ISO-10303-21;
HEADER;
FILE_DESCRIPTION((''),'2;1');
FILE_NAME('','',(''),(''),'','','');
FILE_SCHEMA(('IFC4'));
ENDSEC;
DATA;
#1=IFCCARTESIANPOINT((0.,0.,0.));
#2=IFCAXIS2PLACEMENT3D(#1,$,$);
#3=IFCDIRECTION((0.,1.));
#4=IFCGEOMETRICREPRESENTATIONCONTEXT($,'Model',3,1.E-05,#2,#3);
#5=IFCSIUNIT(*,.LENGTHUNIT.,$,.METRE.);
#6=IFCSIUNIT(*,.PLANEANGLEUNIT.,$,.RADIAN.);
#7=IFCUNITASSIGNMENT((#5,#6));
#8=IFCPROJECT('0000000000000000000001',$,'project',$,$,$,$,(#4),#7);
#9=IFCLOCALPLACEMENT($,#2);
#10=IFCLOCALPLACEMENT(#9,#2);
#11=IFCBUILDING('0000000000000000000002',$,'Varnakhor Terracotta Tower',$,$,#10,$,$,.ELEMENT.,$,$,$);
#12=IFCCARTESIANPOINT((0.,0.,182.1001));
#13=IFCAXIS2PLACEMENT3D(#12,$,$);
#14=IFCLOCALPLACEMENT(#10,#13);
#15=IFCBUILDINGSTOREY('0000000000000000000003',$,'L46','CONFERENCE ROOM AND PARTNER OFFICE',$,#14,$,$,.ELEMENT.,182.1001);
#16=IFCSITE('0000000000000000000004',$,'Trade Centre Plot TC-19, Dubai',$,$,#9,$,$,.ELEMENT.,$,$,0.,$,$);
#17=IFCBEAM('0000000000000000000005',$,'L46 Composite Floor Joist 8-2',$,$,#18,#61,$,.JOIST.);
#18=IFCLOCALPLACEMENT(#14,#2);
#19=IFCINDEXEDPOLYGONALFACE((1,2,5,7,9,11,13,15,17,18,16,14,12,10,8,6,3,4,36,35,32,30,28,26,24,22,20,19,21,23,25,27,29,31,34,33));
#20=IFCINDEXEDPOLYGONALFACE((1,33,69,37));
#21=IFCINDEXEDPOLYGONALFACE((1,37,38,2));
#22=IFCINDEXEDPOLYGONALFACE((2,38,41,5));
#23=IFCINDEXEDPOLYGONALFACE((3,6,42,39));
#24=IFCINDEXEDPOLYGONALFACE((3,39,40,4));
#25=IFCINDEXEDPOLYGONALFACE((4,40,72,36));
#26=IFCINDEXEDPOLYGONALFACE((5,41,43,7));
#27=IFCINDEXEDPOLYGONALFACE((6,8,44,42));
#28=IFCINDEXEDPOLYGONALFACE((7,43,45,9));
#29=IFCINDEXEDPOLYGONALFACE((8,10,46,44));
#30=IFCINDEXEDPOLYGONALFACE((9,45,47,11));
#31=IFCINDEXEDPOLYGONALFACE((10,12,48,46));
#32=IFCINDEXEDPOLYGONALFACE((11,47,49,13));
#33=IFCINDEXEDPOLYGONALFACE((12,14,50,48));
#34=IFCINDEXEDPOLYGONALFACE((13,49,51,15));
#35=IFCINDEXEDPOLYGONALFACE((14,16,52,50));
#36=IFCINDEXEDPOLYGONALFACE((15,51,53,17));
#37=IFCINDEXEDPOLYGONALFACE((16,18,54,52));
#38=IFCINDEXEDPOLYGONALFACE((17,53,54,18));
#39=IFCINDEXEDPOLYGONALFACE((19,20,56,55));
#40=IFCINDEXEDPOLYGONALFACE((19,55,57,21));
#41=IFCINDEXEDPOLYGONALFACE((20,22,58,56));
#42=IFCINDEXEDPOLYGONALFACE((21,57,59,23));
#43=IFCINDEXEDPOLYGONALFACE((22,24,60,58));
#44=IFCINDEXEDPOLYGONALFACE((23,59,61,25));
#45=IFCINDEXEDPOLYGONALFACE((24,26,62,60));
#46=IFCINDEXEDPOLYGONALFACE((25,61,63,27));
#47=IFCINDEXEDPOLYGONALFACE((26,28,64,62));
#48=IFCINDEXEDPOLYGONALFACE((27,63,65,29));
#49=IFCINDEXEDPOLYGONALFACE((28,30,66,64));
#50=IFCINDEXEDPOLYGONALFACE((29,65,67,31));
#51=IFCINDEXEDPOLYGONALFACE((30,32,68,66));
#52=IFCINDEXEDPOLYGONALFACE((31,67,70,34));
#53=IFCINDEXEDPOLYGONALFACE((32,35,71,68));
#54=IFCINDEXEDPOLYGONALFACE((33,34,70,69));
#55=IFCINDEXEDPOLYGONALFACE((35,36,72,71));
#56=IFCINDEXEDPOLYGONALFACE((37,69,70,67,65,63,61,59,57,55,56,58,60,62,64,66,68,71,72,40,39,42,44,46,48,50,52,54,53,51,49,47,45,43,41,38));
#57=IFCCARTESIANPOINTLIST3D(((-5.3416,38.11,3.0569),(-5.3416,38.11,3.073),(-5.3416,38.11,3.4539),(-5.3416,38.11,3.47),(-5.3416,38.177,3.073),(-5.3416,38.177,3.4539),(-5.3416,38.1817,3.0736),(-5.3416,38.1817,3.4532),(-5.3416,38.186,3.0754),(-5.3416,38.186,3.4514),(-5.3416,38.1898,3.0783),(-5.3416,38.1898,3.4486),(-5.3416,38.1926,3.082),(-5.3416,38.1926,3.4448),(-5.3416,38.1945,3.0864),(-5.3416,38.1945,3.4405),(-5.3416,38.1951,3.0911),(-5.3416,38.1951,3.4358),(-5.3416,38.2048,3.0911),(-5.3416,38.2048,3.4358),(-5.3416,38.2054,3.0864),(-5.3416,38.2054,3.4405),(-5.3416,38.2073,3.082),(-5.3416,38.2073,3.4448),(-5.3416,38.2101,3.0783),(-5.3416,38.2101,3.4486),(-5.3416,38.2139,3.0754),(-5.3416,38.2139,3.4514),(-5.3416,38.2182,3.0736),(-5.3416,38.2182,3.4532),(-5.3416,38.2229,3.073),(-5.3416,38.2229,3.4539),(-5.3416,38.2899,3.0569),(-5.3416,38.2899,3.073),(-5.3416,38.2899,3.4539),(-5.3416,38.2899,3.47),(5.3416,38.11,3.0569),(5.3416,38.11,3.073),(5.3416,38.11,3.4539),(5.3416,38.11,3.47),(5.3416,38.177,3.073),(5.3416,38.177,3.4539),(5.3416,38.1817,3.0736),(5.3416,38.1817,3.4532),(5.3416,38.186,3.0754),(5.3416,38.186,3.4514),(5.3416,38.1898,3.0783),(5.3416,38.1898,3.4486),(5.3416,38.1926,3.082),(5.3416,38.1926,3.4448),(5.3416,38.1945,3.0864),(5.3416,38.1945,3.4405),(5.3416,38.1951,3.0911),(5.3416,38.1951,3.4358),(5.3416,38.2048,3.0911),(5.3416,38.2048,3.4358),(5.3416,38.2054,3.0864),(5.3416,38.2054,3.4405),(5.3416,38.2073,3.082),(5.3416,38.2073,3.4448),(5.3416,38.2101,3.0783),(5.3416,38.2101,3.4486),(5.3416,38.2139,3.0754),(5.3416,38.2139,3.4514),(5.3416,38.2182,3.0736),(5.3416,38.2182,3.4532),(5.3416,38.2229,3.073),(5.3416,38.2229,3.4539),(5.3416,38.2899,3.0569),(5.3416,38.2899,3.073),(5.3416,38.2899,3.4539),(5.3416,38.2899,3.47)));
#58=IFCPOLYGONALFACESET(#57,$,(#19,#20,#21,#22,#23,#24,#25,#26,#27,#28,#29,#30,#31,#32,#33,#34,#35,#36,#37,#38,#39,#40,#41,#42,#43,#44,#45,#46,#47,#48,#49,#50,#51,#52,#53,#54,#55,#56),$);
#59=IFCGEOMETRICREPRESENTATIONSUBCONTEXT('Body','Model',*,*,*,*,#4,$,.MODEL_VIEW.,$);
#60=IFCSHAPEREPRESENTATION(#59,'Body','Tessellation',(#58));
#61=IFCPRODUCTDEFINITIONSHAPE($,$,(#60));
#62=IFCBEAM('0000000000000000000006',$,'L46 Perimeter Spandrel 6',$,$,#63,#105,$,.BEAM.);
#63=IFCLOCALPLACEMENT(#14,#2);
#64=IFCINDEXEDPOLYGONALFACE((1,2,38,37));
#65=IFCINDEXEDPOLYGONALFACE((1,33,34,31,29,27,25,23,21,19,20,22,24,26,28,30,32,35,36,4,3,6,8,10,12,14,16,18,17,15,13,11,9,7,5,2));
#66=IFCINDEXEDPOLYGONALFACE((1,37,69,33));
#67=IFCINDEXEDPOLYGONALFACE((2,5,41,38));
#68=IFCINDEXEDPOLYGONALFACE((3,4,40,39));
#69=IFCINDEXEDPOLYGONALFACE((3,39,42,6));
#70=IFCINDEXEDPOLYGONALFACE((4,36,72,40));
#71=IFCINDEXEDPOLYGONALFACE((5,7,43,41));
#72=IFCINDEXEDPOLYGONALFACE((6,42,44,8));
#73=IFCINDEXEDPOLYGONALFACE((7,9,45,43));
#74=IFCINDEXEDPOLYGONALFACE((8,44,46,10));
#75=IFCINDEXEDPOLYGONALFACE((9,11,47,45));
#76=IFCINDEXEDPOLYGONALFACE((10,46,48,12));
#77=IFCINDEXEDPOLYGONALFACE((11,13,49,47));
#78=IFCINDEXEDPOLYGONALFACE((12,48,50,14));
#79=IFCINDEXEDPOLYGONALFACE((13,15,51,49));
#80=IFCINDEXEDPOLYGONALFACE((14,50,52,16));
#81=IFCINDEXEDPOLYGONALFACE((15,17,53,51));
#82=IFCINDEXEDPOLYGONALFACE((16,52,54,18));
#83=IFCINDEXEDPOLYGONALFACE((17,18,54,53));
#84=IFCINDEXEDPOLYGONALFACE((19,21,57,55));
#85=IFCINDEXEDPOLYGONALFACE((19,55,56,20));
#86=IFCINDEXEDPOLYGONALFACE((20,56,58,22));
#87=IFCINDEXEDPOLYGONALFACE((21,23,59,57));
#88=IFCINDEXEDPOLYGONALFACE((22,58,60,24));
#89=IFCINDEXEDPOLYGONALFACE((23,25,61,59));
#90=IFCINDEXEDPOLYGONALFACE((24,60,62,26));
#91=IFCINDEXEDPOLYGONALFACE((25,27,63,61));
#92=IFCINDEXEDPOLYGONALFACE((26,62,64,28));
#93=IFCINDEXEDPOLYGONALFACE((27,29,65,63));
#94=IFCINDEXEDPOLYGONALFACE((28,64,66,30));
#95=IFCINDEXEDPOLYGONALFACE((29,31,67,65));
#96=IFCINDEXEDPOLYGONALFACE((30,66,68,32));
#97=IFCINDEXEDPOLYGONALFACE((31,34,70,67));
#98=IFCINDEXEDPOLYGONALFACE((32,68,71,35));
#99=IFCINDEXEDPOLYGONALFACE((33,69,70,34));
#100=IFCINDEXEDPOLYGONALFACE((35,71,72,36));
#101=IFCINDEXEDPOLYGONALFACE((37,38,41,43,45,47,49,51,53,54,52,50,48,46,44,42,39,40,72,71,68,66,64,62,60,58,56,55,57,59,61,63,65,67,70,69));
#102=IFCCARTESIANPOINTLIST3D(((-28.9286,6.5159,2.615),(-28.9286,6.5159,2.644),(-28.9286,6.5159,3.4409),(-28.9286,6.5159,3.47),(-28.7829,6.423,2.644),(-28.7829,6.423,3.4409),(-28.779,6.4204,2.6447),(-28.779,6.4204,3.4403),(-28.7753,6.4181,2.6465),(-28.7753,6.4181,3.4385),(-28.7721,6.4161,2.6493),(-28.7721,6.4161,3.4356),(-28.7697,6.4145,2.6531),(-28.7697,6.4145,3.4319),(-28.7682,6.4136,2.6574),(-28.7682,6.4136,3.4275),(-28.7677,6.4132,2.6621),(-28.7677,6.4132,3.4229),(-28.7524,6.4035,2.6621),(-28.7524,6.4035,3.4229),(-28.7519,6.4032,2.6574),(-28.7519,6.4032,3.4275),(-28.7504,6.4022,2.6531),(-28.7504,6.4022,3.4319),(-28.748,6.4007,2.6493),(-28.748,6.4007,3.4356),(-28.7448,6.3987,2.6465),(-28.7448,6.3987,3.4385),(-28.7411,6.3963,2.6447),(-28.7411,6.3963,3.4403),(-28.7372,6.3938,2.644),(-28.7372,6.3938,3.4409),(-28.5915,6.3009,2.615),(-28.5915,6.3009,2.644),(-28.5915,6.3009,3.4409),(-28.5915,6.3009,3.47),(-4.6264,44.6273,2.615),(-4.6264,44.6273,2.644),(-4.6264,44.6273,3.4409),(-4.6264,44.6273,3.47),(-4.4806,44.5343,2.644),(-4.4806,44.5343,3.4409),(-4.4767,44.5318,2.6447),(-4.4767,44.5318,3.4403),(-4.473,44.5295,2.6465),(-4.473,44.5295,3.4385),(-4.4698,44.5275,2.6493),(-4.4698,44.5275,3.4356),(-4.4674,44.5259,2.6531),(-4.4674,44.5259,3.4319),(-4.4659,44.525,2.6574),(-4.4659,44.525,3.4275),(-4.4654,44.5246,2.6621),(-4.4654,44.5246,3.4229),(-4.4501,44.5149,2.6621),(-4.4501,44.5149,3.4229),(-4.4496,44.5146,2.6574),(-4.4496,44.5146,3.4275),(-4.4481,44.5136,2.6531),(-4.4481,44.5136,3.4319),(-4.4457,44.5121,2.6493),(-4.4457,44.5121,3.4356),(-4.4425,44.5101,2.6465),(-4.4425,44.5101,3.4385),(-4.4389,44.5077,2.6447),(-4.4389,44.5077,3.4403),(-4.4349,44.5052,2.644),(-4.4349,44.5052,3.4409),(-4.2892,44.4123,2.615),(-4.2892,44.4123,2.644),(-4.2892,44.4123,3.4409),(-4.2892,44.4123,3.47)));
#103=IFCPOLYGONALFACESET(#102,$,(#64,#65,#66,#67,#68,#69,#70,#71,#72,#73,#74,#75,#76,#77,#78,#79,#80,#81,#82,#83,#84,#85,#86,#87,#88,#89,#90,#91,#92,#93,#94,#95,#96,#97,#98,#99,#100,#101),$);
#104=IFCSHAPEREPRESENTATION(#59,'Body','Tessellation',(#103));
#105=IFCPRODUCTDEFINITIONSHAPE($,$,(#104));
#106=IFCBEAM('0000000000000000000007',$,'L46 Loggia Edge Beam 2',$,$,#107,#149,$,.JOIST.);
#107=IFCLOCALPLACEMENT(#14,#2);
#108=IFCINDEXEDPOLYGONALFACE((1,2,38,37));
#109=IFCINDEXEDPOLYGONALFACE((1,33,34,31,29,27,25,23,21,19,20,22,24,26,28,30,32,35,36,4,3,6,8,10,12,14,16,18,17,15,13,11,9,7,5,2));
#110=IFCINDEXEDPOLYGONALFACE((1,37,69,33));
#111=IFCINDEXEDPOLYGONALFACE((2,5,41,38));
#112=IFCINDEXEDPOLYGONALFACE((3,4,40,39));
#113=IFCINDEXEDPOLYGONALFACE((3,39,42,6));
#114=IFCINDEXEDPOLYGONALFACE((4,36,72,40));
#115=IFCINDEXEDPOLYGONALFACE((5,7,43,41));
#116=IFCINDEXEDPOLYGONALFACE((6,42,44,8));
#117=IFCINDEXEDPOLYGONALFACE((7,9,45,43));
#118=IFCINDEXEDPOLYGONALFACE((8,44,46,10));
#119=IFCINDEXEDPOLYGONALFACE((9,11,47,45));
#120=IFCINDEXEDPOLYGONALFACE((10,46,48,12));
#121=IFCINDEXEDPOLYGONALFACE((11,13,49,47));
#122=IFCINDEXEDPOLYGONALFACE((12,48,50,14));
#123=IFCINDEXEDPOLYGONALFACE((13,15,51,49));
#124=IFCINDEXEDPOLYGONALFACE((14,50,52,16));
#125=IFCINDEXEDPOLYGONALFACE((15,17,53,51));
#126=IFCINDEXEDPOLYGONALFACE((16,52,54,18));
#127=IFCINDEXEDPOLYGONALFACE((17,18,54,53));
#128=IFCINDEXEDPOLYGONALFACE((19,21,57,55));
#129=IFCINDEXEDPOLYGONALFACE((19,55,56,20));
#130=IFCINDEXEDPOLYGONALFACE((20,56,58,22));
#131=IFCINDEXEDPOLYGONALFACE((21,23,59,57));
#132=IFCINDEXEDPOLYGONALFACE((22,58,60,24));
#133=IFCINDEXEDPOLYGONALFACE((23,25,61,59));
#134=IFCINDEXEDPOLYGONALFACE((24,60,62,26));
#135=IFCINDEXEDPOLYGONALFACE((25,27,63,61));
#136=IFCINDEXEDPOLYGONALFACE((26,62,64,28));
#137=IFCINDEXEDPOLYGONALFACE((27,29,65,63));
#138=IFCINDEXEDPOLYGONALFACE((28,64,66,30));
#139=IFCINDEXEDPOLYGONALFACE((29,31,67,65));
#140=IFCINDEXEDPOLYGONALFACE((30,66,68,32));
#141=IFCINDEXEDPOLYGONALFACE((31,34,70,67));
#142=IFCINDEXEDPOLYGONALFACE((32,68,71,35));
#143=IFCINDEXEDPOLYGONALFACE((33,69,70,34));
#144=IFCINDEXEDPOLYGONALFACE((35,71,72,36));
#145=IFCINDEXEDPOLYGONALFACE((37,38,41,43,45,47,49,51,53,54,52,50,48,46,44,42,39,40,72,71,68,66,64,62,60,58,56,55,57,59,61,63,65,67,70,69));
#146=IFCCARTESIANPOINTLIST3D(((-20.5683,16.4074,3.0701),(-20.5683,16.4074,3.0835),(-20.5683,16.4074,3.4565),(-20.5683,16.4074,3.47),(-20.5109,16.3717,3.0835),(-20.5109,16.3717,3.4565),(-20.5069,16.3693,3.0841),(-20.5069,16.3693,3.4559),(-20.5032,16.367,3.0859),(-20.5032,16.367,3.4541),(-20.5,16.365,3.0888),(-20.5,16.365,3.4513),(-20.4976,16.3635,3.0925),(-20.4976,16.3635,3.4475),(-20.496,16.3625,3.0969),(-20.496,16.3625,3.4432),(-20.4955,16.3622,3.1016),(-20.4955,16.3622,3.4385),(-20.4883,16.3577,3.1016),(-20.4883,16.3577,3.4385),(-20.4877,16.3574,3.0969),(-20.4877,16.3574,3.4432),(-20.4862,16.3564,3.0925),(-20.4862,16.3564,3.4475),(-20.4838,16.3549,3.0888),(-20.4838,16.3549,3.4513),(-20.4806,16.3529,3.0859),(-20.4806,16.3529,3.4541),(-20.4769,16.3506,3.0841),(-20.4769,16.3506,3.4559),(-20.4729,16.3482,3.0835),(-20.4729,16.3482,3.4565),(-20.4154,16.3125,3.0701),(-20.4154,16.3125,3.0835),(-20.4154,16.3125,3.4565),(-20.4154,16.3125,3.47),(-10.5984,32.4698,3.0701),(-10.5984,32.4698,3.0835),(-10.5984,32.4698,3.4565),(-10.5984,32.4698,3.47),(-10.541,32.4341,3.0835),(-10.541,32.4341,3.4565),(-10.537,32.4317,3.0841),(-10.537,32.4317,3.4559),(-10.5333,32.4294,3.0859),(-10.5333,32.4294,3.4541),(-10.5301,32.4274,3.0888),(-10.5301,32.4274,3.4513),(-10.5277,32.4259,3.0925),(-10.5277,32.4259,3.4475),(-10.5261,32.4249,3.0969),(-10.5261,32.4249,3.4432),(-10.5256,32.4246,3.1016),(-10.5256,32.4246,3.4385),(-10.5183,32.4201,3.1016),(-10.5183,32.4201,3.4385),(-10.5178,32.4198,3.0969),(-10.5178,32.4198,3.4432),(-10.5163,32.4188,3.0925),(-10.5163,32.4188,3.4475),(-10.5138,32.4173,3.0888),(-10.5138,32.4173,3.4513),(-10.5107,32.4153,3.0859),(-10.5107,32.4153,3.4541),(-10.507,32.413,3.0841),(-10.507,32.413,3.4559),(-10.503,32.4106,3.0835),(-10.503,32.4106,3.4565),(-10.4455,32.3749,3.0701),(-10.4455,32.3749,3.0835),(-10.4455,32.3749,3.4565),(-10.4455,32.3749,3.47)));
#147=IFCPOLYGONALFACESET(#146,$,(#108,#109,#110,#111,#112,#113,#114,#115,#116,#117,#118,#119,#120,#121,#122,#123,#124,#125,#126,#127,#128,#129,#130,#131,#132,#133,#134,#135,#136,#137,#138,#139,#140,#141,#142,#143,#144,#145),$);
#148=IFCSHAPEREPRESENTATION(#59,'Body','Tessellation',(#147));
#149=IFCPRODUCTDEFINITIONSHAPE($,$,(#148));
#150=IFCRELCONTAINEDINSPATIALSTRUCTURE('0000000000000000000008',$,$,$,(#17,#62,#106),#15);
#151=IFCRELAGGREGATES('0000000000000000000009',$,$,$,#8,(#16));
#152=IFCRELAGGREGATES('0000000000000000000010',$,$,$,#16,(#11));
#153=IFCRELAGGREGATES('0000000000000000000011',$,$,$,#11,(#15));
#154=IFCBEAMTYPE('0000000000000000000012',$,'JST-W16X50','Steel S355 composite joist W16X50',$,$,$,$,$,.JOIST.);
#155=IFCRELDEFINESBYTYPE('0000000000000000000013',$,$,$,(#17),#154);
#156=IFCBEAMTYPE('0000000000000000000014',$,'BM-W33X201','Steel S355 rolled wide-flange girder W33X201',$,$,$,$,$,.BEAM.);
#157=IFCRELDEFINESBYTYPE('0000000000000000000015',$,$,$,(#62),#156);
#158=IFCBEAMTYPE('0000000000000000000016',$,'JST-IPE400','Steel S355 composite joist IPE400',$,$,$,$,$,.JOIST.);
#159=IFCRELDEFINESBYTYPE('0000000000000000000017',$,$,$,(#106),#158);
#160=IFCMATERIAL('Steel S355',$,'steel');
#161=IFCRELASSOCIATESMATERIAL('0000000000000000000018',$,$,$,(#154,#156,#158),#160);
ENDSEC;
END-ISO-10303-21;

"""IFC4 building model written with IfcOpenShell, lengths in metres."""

from ifc_helpers import new_model, si_unit, direction, frame, origin, origin_2d, place, context, subcontext, project, spatial, i_section, extrude, source, transform, mapped, material, material_profile, profile_set, type_object, element, save


model = new_model("IFC4")

# Units and contexts
model_context = context("Model", 3, precision=1e-05, world=origin(), true_north=direction((0.0, 1.0)))
body_context = subcontext(model_context, "Body", "Model", "MODEL_VIEW")
ifc_project = project(units=[si_unit("LENGTHUNIT", "METRE"), si_unit("PLANEANGLEUNIT", "RADIAN")], contexts=[model_context])

# Site, building, storey
site_placement = place(None, origin())
site = spatial("IfcSite", under=ifc_project, at=site_placement, Name="Trade Centre Plot TC-19, Dubai", CompositionType="ELEMENT", RefElevation=0.0)
building_placement = place(site_placement, origin())
building = spatial("IfcBuilding", under=site, at=building_placement, Name="Varnakhor Terracotta Tower", CompositionType="ELEMENT")
storey_placement = place(building_placement, frame((0.0, 0.0, 182.1001)))
storey = spatial("IfcBuildingStorey", under=building, at=storey_placement, Name="L46", Description="CONFERENCE ROOM AND PARTNER OFFICE", CompositionType="ELEMENT", Elevation=182.1001)

# Beams
ifc_material_1 = material(Name="Steel S355", Category="steel")
ifc_material_profile_1 = material_profile(ifc_material_1, i_section(OverallWidth=0.1799, OverallDepth=0.4131, WebThickness=0.0098, FlangeThickness=0.0161, FilletRadius=0.0181, at=origin_2d()), Name="W16X50")
ifc_profile_set_1 = profile_set([ifc_material_profile_1], Name="Steel S355")
beam_type_1 = type_object("IfcBeamType", Name="JST-W16X50", Description="Steel S355 composite joist W16X50", PredefinedType="JOIST", material=ifc_profile_set_1)
shared_shape_1 = source(origin(), body_context, "Body", "SweptSolid", [
    extrude(i_section(OverallWidth=0.1799, OverallDepth=0.4131, WebThickness=0.0098, FlangeThickness=0.0161, FilletRadius=0.0181, at=origin_2d()), origin(), (0.0, 0.0, 1.0), 10.6831),
])
for number, where, z_axis, x_axis, name in (
    (1, (-5.3416, 38.2, 3.2634), (1.0, 0.0, 0.0), (0.0, 1.0, 0.0), "L46 Composite Floor Joist 8-2"),
):
    element("IfcBeam", number, at=place(storey_placement, frame(where, z_axis=z_axis, x_axis=x_axis)), inside=storey, type_object=beam_type_1, Name=name, PredefinedType="JOIST", context=body_context, shape_type="MappedRepresentation", body=[
        mapped(shared_shape_1, transform((0.0, 0.0, 0.0), scale=1.0)),
    ])
ifc_material_profile_2 = material_profile(ifc_material_1, i_section(OverallWidth=0.3999, OverallDepth=0.855, WebThickness=0.0181, FlangeThickness=0.0291, FilletRadius=0.0181, at=origin_2d()), Name="W33X201")
ifc_profile_set_2 = profile_set([ifc_material_profile_2], Name="Steel S355")
beam_type_2 = type_object("IfcBeamType", Name="BM-W33X201", Description="Steel S355 rolled wide-flange girder W33X201", PredefinedType="BEAM", material=ifc_profile_set_2)
shared_shape_2 = source(origin(), body_context, "Body", "SweptSolid", [
    extrude(i_section(OverallWidth=0.3999, OverallDepth=0.855, WebThickness=0.0181, FlangeThickness=0.0291, FilletRadius=0.0181, at=origin_2d()), origin(), (0.0, 0.0, 1.0), 45.2004),
])
beam_1_placement = place(storey_placement, frame((-4.4578, 44.5198, 3.0425), z_axis=(-0.537656, -0.843164, 0.0), x_axis=(0.843164, -0.537656, 0.0)))
element("IfcBeam", 2, at=beam_1_placement, inside=storey, type_object=beam_type_2, Name="L46 Perimeter Spandrel 6", PredefinedType="BEAM", context=body_context, shape_type="MappedRepresentation", body=[
    mapped(shared_shape_2, transform((0.0, 0.0, 0.0), scale=1.0)),
])
ifc_material_profile_3 = material_profile(ifc_material_1, i_section(OverallWidth=0.1799, OverallDepth=0.3999, WebThickness=0.0085, FlangeThickness=0.0134, FilletRadius=0.0181, at=origin_2d()), Name="IPE400")
ifc_profile_set_3 = profile_set([ifc_material_profile_3], Name="Steel S355")
beam_type_3 = type_object("IfcBeamType", Name="JST-IPE400", Description="Steel S355 composite joist IPE400", PredefinedType="JOIST", material=ifc_profile_set_3)
shared_shape_3 = source(origin(), body_context, "Body", "SweptSolid", [
    extrude(i_section(OverallWidth=0.1799, OverallDepth=0.3999, WebThickness=0.0085, FlangeThickness=0.0134, FilletRadius=0.0181, at=origin_2d()), origin(), (0.0, 0.0, 1.0), 18.905),
])
beam_2_placement = place(storey_placement, frame((-10.522, 32.4224, 3.27), z_axis=(-0.527368, -0.849637, 0.0), x_axis=(0.849637, -0.527368, 0.0)))
element("IfcBeam", 3, at=beam_2_placement, inside=storey, type_object=beam_type_3, Name="L46 Loggia Edge Beam 2", PredefinedType="JOIST", context=body_context, shape_type="MappedRepresentation", body=[
    mapped(shared_shape_3, transform((0.0, 0.0, 0.0), scale=1.0)),
])

save(model, "model.ifc")
